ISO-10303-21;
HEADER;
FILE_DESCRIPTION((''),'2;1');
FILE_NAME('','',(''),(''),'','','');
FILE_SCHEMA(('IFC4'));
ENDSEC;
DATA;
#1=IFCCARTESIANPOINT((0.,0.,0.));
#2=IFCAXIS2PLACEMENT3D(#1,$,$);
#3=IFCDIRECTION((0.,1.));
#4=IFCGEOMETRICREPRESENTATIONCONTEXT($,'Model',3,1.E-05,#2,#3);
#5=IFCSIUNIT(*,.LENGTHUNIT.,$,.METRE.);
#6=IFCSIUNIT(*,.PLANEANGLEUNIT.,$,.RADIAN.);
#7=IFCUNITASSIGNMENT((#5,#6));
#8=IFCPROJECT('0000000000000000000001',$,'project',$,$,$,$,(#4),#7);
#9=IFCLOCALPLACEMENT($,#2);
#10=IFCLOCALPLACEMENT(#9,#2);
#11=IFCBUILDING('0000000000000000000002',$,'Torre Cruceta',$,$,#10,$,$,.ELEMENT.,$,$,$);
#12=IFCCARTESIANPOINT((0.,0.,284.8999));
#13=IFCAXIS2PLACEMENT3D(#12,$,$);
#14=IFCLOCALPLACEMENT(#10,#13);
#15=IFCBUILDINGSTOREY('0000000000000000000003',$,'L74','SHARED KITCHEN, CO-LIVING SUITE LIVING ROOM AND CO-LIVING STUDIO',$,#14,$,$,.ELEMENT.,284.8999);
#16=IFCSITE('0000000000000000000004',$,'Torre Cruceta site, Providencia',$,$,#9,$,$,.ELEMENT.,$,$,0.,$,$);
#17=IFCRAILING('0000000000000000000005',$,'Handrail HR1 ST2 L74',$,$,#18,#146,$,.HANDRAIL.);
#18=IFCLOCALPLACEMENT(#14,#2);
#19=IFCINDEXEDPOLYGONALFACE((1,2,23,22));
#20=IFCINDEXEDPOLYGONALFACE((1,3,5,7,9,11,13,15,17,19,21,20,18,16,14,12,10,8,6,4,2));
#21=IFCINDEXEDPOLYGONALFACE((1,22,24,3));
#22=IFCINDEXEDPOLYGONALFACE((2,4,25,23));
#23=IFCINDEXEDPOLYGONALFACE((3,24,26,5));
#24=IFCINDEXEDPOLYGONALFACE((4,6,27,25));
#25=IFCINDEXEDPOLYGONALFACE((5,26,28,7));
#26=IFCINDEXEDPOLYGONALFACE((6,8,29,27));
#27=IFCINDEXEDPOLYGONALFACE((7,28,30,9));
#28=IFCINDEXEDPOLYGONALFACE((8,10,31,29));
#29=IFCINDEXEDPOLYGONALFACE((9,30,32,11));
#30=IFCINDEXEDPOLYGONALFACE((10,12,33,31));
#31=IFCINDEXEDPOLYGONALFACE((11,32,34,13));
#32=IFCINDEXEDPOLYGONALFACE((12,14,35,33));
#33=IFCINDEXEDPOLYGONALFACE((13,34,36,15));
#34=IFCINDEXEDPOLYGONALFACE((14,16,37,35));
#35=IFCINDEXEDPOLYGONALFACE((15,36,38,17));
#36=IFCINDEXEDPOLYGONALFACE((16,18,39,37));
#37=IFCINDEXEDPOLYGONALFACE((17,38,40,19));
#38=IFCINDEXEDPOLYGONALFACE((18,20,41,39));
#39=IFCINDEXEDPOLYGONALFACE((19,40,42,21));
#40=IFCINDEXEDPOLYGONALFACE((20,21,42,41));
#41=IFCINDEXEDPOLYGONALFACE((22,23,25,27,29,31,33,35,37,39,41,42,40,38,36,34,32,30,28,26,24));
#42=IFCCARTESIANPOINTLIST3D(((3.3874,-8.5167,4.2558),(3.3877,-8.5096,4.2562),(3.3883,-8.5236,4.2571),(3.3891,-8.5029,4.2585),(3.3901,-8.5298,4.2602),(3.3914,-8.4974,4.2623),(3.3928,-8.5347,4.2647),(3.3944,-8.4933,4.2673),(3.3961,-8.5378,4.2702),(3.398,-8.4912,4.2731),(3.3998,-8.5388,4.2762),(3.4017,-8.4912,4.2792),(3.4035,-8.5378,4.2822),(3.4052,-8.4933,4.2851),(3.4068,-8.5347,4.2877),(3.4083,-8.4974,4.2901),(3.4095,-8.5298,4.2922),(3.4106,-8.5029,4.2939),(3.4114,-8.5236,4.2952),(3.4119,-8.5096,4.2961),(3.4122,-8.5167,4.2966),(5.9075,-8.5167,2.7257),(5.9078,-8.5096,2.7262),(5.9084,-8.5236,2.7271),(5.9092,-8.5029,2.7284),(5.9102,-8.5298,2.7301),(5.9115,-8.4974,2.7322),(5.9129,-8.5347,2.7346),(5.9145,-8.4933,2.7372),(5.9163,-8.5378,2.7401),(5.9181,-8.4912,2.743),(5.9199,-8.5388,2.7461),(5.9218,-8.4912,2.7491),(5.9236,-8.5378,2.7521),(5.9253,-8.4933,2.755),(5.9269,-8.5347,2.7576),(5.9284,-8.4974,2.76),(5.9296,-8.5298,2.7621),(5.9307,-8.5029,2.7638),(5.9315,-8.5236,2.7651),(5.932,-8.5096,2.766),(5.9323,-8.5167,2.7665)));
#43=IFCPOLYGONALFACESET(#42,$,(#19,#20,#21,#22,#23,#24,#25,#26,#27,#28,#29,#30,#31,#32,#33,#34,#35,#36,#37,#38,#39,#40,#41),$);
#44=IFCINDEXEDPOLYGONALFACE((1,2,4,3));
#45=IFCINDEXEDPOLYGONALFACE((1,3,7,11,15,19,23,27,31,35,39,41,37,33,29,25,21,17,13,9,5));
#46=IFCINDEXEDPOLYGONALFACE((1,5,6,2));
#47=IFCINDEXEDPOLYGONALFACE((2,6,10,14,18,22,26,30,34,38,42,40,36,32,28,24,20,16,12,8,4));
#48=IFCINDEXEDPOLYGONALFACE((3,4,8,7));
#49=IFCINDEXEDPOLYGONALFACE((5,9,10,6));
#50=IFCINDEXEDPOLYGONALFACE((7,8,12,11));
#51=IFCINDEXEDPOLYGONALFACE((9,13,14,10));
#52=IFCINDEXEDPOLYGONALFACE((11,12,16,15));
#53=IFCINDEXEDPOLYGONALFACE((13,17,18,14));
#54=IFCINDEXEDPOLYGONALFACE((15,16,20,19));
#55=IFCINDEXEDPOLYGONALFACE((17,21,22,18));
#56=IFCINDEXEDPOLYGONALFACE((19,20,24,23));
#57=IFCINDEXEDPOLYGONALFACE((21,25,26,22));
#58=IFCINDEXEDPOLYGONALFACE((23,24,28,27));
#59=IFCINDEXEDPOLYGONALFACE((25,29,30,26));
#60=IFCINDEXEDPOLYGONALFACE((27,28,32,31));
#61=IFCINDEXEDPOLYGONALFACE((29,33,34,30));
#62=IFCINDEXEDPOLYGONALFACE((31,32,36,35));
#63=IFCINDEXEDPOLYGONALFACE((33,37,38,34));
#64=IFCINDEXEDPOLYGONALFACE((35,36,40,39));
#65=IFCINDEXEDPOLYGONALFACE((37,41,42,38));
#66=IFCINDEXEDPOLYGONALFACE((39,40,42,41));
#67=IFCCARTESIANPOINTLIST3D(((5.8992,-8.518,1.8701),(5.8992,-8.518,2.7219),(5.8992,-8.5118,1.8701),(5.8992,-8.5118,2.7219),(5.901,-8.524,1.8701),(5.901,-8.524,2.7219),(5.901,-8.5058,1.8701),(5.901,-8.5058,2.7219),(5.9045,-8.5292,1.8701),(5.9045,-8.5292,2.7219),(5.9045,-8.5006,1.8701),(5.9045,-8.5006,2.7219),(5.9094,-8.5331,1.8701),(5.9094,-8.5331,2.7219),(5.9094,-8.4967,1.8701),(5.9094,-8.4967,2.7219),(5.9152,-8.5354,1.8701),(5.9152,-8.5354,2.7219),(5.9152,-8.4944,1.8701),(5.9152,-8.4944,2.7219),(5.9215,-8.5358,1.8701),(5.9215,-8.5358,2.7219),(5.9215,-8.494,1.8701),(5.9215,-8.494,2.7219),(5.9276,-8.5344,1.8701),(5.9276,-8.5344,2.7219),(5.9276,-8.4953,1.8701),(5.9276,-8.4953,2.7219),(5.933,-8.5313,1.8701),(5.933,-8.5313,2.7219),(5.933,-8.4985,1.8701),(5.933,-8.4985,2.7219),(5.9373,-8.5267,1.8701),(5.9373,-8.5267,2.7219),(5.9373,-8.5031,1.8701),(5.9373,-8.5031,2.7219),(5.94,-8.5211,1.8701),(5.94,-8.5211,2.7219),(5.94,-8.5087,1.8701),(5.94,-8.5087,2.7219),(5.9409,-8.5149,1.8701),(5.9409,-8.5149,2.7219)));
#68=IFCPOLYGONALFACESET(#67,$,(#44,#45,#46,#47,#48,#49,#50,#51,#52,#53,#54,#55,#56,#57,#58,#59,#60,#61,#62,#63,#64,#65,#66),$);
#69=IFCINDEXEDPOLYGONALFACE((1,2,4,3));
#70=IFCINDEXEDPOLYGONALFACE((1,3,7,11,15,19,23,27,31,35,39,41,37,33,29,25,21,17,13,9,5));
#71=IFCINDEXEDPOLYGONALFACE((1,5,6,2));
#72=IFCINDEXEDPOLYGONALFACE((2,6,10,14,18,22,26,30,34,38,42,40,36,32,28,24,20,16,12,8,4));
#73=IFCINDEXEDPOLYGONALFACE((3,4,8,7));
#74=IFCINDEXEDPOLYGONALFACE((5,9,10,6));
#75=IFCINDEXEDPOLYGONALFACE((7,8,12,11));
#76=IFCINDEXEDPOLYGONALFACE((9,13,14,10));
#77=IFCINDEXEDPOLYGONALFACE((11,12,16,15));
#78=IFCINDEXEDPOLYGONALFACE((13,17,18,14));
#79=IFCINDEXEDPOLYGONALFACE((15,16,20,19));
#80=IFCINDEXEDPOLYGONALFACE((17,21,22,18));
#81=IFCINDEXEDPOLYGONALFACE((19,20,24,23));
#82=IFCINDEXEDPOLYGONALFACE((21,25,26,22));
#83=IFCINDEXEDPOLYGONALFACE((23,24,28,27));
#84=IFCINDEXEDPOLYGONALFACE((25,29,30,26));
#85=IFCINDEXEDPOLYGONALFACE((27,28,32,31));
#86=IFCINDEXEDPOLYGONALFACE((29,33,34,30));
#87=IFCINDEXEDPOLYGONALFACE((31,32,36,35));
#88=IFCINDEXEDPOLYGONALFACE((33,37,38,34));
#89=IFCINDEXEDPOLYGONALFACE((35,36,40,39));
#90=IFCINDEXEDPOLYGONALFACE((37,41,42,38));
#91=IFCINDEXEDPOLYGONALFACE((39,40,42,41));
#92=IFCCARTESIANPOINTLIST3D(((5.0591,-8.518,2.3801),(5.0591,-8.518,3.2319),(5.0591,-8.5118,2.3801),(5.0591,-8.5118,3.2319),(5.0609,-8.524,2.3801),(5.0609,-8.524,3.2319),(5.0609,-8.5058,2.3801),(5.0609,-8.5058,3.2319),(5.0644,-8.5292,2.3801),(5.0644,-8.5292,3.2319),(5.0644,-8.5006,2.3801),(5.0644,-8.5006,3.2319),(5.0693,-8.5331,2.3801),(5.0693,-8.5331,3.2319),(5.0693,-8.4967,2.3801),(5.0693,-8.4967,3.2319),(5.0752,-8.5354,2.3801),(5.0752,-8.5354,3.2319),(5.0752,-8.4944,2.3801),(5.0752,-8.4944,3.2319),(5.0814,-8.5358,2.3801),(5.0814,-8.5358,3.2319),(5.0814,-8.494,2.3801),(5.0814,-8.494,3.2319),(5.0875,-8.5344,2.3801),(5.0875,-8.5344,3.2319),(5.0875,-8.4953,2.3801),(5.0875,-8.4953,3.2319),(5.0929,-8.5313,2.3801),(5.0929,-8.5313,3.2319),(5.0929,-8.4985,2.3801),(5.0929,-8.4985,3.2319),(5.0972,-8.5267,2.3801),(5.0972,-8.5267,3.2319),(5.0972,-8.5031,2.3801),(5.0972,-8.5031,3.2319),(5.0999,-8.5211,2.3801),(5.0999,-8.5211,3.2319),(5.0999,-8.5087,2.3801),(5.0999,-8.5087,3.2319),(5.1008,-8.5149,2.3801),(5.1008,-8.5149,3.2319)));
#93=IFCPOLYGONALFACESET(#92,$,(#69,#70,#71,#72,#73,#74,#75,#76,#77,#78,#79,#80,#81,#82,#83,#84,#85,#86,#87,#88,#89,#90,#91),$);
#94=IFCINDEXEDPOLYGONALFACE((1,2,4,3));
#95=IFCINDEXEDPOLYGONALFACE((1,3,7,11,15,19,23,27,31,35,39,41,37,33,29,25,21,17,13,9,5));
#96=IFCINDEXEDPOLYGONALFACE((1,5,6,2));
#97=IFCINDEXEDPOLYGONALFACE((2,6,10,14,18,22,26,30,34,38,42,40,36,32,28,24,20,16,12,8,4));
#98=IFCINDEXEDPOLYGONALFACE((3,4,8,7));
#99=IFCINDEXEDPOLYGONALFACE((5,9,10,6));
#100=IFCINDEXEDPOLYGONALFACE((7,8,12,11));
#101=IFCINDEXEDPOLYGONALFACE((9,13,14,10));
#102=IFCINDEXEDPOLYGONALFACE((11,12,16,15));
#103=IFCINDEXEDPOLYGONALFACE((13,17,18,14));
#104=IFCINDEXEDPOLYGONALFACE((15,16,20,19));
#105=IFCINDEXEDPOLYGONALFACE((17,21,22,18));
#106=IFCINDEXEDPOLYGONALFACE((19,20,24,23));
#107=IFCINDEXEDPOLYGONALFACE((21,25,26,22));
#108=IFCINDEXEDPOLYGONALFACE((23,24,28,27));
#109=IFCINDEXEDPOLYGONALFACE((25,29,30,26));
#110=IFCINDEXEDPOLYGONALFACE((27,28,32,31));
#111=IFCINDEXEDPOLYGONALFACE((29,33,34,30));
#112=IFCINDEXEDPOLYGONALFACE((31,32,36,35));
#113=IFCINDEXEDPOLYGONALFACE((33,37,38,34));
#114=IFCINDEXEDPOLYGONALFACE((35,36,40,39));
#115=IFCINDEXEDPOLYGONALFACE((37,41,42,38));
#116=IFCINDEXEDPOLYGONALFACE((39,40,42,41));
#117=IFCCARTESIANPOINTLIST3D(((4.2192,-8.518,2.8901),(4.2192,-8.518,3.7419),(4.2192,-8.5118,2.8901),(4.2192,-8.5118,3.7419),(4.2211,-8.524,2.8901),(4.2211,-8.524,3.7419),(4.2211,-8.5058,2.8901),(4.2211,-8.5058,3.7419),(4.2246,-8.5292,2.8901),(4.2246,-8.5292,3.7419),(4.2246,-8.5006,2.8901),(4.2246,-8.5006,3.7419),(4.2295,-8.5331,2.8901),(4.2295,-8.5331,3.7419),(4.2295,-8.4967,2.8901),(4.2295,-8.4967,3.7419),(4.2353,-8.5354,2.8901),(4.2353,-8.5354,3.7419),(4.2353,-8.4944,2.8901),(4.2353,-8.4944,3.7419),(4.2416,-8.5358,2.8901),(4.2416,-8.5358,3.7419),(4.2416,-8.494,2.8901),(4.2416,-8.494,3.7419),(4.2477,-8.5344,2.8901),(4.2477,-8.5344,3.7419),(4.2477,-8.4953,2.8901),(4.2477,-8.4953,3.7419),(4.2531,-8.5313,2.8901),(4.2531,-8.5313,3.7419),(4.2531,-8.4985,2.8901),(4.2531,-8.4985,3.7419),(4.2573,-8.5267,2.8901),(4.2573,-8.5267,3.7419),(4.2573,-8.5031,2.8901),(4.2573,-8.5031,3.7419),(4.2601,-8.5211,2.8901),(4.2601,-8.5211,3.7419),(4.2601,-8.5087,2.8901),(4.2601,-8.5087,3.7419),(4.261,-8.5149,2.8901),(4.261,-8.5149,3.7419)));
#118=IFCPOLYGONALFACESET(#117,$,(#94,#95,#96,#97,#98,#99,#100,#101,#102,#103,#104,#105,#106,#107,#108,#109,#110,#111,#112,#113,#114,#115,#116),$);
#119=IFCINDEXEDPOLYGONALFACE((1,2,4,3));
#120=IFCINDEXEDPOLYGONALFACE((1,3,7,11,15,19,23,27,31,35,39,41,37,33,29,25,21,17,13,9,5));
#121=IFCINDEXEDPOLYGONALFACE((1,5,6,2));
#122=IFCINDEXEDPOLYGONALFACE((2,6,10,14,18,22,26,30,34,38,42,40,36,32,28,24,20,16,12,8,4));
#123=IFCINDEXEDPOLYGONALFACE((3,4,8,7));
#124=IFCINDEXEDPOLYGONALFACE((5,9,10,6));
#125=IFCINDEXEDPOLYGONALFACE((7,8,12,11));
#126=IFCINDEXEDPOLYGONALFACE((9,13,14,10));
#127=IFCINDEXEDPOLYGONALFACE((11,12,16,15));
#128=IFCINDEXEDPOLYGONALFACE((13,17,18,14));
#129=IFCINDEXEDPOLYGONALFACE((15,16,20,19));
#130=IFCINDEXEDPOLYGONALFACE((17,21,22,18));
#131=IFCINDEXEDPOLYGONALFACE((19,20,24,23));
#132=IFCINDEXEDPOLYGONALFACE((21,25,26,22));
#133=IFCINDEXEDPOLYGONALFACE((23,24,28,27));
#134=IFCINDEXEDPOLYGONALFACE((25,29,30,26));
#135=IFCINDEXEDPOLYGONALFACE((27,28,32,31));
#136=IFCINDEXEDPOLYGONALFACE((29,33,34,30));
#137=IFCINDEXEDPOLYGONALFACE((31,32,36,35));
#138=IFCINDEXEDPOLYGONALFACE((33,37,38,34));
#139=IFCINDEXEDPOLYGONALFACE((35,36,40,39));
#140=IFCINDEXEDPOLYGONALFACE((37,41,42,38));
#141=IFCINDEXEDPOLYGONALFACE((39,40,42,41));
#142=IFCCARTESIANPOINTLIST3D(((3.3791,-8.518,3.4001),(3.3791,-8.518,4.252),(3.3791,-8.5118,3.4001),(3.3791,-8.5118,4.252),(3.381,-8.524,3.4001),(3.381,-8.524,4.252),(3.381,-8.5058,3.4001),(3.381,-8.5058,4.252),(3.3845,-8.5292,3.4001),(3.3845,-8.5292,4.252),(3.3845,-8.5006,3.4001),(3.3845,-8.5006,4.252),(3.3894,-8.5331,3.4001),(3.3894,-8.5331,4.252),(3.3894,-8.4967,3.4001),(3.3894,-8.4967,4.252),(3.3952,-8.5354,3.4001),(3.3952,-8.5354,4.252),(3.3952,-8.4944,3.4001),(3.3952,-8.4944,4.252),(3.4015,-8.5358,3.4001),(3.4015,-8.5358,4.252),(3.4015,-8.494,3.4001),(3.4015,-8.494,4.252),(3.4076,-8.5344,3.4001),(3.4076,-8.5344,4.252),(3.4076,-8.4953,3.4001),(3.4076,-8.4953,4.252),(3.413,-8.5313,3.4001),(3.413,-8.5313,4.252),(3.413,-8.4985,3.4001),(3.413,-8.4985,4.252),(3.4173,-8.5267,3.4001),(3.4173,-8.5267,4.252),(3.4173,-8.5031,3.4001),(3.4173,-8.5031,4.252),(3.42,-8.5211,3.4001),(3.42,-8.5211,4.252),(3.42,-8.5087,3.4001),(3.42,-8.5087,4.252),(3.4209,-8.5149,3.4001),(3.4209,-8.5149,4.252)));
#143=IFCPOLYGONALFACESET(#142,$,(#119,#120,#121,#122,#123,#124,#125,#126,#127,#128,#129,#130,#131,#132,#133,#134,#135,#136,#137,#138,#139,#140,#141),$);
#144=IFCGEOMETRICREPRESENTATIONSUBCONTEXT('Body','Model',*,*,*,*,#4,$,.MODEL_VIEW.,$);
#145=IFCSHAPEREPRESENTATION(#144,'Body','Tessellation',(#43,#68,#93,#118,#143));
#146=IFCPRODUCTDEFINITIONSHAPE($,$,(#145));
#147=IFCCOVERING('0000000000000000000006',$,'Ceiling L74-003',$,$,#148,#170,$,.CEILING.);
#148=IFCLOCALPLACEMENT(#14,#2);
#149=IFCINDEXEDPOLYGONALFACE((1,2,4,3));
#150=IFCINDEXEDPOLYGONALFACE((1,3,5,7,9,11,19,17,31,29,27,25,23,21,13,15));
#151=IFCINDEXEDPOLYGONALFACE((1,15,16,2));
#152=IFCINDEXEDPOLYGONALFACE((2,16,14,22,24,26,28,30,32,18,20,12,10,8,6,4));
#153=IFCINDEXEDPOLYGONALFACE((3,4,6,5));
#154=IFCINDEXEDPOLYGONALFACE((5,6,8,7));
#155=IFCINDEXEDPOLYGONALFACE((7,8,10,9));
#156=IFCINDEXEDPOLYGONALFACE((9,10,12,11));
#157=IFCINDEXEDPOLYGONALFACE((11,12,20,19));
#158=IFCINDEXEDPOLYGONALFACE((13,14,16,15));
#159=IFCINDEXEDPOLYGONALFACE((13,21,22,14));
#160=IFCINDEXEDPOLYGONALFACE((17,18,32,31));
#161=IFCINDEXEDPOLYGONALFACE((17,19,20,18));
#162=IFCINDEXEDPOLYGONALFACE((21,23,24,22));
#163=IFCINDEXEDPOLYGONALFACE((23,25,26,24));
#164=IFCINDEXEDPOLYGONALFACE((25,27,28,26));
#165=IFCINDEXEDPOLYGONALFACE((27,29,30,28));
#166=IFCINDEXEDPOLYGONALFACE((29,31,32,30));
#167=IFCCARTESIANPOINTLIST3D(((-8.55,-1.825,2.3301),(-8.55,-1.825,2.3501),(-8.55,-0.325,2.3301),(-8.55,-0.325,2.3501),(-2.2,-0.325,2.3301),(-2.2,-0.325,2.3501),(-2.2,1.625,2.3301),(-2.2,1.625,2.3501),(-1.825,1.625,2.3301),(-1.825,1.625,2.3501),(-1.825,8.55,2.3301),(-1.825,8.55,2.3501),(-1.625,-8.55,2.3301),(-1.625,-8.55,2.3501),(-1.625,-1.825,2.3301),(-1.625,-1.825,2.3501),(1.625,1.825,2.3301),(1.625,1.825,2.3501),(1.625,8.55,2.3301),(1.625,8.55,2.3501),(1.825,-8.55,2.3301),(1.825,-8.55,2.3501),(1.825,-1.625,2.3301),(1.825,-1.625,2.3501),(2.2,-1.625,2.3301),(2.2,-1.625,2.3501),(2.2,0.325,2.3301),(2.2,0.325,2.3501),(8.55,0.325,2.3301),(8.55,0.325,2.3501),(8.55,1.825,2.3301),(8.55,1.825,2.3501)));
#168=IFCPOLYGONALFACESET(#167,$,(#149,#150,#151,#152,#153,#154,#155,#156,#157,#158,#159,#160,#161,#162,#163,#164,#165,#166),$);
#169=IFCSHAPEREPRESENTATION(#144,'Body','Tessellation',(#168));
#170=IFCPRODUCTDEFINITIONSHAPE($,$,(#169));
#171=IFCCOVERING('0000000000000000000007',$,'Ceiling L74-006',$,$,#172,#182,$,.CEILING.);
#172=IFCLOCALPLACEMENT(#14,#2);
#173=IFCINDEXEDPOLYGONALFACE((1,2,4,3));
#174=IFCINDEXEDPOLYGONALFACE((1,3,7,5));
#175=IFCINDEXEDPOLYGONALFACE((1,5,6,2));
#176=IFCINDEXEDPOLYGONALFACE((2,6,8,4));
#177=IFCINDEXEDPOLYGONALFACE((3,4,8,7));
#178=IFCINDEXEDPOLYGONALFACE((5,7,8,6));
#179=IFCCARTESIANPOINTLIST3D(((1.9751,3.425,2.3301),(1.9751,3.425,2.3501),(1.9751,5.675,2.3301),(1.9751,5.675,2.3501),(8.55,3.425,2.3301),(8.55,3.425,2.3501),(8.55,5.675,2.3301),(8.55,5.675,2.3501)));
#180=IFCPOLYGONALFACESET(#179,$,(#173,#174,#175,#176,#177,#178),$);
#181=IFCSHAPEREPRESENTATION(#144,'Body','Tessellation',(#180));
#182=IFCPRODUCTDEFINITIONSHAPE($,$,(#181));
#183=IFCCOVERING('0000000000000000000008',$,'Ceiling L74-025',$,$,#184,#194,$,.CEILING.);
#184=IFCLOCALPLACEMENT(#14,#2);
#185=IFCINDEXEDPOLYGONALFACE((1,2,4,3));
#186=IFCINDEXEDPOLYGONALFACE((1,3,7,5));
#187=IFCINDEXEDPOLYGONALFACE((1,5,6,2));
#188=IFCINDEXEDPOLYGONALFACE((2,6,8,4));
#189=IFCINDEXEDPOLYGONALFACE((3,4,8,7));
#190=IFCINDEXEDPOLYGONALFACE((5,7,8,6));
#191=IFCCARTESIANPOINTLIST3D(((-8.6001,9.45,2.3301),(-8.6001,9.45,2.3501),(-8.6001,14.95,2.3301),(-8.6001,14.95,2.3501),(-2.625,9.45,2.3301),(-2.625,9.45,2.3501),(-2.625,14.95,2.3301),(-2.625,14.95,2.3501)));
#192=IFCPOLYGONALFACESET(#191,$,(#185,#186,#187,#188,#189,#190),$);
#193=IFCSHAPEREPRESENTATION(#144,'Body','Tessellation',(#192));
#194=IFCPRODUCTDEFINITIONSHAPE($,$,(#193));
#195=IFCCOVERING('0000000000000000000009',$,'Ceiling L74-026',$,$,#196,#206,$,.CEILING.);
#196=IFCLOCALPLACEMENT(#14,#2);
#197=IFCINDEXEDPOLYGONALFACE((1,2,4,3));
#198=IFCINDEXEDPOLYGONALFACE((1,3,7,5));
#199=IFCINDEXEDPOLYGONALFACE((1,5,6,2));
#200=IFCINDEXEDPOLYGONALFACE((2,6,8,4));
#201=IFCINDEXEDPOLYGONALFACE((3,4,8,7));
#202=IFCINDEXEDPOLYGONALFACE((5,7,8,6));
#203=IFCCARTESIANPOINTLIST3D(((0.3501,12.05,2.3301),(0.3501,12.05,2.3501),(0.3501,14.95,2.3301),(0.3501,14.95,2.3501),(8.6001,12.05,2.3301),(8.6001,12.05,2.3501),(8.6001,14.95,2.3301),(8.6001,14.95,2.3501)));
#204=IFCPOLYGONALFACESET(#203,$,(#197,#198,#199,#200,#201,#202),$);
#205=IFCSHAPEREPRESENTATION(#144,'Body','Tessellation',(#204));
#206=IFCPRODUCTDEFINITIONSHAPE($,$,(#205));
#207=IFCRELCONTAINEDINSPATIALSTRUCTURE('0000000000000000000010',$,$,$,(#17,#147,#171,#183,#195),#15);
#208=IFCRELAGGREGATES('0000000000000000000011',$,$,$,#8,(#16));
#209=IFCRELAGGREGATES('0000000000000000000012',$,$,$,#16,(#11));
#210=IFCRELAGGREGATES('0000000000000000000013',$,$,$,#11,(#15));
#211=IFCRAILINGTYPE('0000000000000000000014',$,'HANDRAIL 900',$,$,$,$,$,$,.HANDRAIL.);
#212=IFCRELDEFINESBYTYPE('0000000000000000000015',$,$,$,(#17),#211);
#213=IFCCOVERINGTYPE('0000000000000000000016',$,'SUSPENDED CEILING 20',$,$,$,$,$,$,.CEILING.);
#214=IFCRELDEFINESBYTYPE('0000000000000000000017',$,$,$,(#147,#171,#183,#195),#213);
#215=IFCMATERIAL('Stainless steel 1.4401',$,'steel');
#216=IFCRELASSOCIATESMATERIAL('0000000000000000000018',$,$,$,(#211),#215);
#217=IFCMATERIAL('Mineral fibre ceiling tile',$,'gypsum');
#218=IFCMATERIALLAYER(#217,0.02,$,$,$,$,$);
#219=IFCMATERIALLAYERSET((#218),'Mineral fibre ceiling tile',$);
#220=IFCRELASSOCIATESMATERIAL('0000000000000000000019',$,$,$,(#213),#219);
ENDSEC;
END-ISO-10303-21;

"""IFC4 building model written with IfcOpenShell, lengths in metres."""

from ifc_helpers import new_model, si_unit, direction, frame, origin, origin_2d, place, context, subcontext, project, spatial, polyline, circle, outline, extrude, material, layer, layer_set, type_object, element, save


model = new_model("IFC4")

# Units and contexts
model_context = context("Model", 3, precision=1e-05, world=origin(), true_north=direction((0.0, 1.0)))
body_context = subcontext(model_context, "Body", "Model", "MODEL_VIEW")
ifc_project = project(units=[si_unit("LENGTHUNIT", "METRE"), si_unit("PLANEANGLEUNIT", "RADIAN")], contexts=[model_context])

# Site, building, storey
site_placement = place(None, origin())
site = spatial("IfcSite", under=ifc_project, at=site_placement, Name="Torre Cruceta site, Providencia", CompositionType="ELEMENT", RefElevation=0.0)
building_placement = place(site_placement, origin())
building = spatial("IfcBuilding", under=site, at=building_placement, Name="Torre Cruceta", CompositionType="ELEMENT")
storey_placement = place(building_placement, frame((0.0, 0.0, 284.8999)))
storey = spatial("IfcBuildingStorey", under=building, at=storey_placement, Name="L74", Description="SHARED KITCHEN, CO-LIVING SUITE LIVING ROOM AND CO-LIVING STUDIO", CompositionType="ELEMENT", Elevation=284.8999)

# Railing
ifc_material_1 = material(Name="Stainless steel 1.4401", Category="steel")
railing_type = type_object("IfcRailingType", Name="HANDRAIL 900", PredefinedType="HANDRAIL", material=ifc_material_1)
railing_1_placement = place(storey_placement, frame((5.9199, -8.5149, 1.8701)))
element("IfcRailing", 1, at=railing_1_placement, inside=storey, type_object=railing_type, Name="Handrail HR1 ST2 L74", PredefinedType="HANDRAIL", context=body_context, shape_type="SweptSolid", body=[
    extrude(circle(Radius=0.0239, at=origin_2d()), frame((0.0, 0.0, 0.876), z_axis=(-0.854785, 0.0, 0.518982), x_axis=(0.0, -1.0, 0.0)), (0.0, 0.0, 1.0), 2.9482),
    extrude(circle(Radius=0.021, at=origin_2d()), origin(), (0.0, 0.0, 1.0), 0.8518),
    extrude(circle(Radius=0.021, at=origin_2d()), frame((-0.8401, 0.0, 0.51)), (0.0, 0.0, 1.0), 0.8518),
    extrude(circle(Radius=0.021, at=origin_2d()), frame((-1.6799, 0.0, 1.02)), (0.0, 0.0, 1.0), 0.8518),
    extrude(circle(Radius=0.021, at=origin_2d()), frame((-2.52, 0.0, 1.53)), (0.0, 0.0, 1.0), 0.8518),
])

# Coverings
ifc_material_2 = material(Name="Mineral fibre ceiling tile", Category="gypsum")
ifc_layer_1 = layer(ifc_material_2, 0.02)
ifc_layer_set_1 = layer_set([ifc_layer_1], Name="Mineral fibre ceiling tile")
covering_type = type_object("IfcCoveringType", Name="SUSPENDED CEILING 20", PredefinedType="CEILING", material=ifc_layer_set_1)
covering_1_placement = place(storey_placement, frame((0.0, 0.0, 2.3301)))
element("IfcCovering", 2, at=covering_1_placement, inside=storey, type_object=covering_type, Name="Ceiling L74-003", PredefinedType="CEILING", context=body_context, shape_type="SweptSolid", body=[
    extrude(outline(polyline([(1.825, -8.55), (-1.625, -8.55), (-1.625, -1.825), (-8.55, -1.825), (-8.55, -0.325), (-2.2, -0.325), (-2.2, 1.625), (-1.825, 1.625), (-1.825, 8.55), (1.625, 8.55), (1.625, 1.825), (8.55, 1.825), (8.55, 0.325), (2.2, 0.325), (2.2, -1.625), (1.825, -1.625), (1.825, -8.55)])), origin(), (0.0, 0.0, 1.0), 0.02),
])
covering_2_placement = place(storey_placement, frame((0.0, 0.0, 2.3301)))
element("IfcCovering", 3, at=covering_2_placement, inside=storey, type_object=covering_type, Name="Ceiling L74-006", PredefinedType="CEILING", context=body_context, shape_type="SweptSolid", body=[
    extrude(outline(polyline([(1.9751, 3.425), (1.9751, 5.675), (8.55, 5.675), (8.55, 3.425), (1.9751, 3.425)])), origin(), (0.0, 0.0, 1.0), 0.02),
])
covering_3_placement = place(storey_placement, frame((0.0, 0.0, 2.3301)))
element("IfcCovering", 4, at=covering_3_placement, inside=storey, type_object=covering_type, Name="Ceiling L74-025", PredefinedType="CEILING", context=body_context, shape_type="SweptSolid", body=[
    extrude(outline(polyline([(-2.625, 9.45), (-8.6001, 9.45), (-8.6001, 14.95), (-2.625, 14.95), (-2.625, 9.45)])), origin(), (0.0, 0.0, 1.0), 0.02),
])
covering_4_placement = place(storey_placement, frame((0.0, 0.0, 2.3301)))
element("IfcCovering", 5, at=covering_4_placement, inside=storey, type_object=covering_type, Name="Ceiling L74-026", PredefinedType="CEILING", context=body_context, shape_type="SweptSolid", body=[
    extrude(outline(polyline([(8.6001, 14.95), (8.6001, 12.05), (0.3501, 12.05), (0.3501, 14.95), (8.6001, 14.95)])), origin(), (0.0, 0.0, 1.0), 0.02),
])

save(model, "model.ifc")
